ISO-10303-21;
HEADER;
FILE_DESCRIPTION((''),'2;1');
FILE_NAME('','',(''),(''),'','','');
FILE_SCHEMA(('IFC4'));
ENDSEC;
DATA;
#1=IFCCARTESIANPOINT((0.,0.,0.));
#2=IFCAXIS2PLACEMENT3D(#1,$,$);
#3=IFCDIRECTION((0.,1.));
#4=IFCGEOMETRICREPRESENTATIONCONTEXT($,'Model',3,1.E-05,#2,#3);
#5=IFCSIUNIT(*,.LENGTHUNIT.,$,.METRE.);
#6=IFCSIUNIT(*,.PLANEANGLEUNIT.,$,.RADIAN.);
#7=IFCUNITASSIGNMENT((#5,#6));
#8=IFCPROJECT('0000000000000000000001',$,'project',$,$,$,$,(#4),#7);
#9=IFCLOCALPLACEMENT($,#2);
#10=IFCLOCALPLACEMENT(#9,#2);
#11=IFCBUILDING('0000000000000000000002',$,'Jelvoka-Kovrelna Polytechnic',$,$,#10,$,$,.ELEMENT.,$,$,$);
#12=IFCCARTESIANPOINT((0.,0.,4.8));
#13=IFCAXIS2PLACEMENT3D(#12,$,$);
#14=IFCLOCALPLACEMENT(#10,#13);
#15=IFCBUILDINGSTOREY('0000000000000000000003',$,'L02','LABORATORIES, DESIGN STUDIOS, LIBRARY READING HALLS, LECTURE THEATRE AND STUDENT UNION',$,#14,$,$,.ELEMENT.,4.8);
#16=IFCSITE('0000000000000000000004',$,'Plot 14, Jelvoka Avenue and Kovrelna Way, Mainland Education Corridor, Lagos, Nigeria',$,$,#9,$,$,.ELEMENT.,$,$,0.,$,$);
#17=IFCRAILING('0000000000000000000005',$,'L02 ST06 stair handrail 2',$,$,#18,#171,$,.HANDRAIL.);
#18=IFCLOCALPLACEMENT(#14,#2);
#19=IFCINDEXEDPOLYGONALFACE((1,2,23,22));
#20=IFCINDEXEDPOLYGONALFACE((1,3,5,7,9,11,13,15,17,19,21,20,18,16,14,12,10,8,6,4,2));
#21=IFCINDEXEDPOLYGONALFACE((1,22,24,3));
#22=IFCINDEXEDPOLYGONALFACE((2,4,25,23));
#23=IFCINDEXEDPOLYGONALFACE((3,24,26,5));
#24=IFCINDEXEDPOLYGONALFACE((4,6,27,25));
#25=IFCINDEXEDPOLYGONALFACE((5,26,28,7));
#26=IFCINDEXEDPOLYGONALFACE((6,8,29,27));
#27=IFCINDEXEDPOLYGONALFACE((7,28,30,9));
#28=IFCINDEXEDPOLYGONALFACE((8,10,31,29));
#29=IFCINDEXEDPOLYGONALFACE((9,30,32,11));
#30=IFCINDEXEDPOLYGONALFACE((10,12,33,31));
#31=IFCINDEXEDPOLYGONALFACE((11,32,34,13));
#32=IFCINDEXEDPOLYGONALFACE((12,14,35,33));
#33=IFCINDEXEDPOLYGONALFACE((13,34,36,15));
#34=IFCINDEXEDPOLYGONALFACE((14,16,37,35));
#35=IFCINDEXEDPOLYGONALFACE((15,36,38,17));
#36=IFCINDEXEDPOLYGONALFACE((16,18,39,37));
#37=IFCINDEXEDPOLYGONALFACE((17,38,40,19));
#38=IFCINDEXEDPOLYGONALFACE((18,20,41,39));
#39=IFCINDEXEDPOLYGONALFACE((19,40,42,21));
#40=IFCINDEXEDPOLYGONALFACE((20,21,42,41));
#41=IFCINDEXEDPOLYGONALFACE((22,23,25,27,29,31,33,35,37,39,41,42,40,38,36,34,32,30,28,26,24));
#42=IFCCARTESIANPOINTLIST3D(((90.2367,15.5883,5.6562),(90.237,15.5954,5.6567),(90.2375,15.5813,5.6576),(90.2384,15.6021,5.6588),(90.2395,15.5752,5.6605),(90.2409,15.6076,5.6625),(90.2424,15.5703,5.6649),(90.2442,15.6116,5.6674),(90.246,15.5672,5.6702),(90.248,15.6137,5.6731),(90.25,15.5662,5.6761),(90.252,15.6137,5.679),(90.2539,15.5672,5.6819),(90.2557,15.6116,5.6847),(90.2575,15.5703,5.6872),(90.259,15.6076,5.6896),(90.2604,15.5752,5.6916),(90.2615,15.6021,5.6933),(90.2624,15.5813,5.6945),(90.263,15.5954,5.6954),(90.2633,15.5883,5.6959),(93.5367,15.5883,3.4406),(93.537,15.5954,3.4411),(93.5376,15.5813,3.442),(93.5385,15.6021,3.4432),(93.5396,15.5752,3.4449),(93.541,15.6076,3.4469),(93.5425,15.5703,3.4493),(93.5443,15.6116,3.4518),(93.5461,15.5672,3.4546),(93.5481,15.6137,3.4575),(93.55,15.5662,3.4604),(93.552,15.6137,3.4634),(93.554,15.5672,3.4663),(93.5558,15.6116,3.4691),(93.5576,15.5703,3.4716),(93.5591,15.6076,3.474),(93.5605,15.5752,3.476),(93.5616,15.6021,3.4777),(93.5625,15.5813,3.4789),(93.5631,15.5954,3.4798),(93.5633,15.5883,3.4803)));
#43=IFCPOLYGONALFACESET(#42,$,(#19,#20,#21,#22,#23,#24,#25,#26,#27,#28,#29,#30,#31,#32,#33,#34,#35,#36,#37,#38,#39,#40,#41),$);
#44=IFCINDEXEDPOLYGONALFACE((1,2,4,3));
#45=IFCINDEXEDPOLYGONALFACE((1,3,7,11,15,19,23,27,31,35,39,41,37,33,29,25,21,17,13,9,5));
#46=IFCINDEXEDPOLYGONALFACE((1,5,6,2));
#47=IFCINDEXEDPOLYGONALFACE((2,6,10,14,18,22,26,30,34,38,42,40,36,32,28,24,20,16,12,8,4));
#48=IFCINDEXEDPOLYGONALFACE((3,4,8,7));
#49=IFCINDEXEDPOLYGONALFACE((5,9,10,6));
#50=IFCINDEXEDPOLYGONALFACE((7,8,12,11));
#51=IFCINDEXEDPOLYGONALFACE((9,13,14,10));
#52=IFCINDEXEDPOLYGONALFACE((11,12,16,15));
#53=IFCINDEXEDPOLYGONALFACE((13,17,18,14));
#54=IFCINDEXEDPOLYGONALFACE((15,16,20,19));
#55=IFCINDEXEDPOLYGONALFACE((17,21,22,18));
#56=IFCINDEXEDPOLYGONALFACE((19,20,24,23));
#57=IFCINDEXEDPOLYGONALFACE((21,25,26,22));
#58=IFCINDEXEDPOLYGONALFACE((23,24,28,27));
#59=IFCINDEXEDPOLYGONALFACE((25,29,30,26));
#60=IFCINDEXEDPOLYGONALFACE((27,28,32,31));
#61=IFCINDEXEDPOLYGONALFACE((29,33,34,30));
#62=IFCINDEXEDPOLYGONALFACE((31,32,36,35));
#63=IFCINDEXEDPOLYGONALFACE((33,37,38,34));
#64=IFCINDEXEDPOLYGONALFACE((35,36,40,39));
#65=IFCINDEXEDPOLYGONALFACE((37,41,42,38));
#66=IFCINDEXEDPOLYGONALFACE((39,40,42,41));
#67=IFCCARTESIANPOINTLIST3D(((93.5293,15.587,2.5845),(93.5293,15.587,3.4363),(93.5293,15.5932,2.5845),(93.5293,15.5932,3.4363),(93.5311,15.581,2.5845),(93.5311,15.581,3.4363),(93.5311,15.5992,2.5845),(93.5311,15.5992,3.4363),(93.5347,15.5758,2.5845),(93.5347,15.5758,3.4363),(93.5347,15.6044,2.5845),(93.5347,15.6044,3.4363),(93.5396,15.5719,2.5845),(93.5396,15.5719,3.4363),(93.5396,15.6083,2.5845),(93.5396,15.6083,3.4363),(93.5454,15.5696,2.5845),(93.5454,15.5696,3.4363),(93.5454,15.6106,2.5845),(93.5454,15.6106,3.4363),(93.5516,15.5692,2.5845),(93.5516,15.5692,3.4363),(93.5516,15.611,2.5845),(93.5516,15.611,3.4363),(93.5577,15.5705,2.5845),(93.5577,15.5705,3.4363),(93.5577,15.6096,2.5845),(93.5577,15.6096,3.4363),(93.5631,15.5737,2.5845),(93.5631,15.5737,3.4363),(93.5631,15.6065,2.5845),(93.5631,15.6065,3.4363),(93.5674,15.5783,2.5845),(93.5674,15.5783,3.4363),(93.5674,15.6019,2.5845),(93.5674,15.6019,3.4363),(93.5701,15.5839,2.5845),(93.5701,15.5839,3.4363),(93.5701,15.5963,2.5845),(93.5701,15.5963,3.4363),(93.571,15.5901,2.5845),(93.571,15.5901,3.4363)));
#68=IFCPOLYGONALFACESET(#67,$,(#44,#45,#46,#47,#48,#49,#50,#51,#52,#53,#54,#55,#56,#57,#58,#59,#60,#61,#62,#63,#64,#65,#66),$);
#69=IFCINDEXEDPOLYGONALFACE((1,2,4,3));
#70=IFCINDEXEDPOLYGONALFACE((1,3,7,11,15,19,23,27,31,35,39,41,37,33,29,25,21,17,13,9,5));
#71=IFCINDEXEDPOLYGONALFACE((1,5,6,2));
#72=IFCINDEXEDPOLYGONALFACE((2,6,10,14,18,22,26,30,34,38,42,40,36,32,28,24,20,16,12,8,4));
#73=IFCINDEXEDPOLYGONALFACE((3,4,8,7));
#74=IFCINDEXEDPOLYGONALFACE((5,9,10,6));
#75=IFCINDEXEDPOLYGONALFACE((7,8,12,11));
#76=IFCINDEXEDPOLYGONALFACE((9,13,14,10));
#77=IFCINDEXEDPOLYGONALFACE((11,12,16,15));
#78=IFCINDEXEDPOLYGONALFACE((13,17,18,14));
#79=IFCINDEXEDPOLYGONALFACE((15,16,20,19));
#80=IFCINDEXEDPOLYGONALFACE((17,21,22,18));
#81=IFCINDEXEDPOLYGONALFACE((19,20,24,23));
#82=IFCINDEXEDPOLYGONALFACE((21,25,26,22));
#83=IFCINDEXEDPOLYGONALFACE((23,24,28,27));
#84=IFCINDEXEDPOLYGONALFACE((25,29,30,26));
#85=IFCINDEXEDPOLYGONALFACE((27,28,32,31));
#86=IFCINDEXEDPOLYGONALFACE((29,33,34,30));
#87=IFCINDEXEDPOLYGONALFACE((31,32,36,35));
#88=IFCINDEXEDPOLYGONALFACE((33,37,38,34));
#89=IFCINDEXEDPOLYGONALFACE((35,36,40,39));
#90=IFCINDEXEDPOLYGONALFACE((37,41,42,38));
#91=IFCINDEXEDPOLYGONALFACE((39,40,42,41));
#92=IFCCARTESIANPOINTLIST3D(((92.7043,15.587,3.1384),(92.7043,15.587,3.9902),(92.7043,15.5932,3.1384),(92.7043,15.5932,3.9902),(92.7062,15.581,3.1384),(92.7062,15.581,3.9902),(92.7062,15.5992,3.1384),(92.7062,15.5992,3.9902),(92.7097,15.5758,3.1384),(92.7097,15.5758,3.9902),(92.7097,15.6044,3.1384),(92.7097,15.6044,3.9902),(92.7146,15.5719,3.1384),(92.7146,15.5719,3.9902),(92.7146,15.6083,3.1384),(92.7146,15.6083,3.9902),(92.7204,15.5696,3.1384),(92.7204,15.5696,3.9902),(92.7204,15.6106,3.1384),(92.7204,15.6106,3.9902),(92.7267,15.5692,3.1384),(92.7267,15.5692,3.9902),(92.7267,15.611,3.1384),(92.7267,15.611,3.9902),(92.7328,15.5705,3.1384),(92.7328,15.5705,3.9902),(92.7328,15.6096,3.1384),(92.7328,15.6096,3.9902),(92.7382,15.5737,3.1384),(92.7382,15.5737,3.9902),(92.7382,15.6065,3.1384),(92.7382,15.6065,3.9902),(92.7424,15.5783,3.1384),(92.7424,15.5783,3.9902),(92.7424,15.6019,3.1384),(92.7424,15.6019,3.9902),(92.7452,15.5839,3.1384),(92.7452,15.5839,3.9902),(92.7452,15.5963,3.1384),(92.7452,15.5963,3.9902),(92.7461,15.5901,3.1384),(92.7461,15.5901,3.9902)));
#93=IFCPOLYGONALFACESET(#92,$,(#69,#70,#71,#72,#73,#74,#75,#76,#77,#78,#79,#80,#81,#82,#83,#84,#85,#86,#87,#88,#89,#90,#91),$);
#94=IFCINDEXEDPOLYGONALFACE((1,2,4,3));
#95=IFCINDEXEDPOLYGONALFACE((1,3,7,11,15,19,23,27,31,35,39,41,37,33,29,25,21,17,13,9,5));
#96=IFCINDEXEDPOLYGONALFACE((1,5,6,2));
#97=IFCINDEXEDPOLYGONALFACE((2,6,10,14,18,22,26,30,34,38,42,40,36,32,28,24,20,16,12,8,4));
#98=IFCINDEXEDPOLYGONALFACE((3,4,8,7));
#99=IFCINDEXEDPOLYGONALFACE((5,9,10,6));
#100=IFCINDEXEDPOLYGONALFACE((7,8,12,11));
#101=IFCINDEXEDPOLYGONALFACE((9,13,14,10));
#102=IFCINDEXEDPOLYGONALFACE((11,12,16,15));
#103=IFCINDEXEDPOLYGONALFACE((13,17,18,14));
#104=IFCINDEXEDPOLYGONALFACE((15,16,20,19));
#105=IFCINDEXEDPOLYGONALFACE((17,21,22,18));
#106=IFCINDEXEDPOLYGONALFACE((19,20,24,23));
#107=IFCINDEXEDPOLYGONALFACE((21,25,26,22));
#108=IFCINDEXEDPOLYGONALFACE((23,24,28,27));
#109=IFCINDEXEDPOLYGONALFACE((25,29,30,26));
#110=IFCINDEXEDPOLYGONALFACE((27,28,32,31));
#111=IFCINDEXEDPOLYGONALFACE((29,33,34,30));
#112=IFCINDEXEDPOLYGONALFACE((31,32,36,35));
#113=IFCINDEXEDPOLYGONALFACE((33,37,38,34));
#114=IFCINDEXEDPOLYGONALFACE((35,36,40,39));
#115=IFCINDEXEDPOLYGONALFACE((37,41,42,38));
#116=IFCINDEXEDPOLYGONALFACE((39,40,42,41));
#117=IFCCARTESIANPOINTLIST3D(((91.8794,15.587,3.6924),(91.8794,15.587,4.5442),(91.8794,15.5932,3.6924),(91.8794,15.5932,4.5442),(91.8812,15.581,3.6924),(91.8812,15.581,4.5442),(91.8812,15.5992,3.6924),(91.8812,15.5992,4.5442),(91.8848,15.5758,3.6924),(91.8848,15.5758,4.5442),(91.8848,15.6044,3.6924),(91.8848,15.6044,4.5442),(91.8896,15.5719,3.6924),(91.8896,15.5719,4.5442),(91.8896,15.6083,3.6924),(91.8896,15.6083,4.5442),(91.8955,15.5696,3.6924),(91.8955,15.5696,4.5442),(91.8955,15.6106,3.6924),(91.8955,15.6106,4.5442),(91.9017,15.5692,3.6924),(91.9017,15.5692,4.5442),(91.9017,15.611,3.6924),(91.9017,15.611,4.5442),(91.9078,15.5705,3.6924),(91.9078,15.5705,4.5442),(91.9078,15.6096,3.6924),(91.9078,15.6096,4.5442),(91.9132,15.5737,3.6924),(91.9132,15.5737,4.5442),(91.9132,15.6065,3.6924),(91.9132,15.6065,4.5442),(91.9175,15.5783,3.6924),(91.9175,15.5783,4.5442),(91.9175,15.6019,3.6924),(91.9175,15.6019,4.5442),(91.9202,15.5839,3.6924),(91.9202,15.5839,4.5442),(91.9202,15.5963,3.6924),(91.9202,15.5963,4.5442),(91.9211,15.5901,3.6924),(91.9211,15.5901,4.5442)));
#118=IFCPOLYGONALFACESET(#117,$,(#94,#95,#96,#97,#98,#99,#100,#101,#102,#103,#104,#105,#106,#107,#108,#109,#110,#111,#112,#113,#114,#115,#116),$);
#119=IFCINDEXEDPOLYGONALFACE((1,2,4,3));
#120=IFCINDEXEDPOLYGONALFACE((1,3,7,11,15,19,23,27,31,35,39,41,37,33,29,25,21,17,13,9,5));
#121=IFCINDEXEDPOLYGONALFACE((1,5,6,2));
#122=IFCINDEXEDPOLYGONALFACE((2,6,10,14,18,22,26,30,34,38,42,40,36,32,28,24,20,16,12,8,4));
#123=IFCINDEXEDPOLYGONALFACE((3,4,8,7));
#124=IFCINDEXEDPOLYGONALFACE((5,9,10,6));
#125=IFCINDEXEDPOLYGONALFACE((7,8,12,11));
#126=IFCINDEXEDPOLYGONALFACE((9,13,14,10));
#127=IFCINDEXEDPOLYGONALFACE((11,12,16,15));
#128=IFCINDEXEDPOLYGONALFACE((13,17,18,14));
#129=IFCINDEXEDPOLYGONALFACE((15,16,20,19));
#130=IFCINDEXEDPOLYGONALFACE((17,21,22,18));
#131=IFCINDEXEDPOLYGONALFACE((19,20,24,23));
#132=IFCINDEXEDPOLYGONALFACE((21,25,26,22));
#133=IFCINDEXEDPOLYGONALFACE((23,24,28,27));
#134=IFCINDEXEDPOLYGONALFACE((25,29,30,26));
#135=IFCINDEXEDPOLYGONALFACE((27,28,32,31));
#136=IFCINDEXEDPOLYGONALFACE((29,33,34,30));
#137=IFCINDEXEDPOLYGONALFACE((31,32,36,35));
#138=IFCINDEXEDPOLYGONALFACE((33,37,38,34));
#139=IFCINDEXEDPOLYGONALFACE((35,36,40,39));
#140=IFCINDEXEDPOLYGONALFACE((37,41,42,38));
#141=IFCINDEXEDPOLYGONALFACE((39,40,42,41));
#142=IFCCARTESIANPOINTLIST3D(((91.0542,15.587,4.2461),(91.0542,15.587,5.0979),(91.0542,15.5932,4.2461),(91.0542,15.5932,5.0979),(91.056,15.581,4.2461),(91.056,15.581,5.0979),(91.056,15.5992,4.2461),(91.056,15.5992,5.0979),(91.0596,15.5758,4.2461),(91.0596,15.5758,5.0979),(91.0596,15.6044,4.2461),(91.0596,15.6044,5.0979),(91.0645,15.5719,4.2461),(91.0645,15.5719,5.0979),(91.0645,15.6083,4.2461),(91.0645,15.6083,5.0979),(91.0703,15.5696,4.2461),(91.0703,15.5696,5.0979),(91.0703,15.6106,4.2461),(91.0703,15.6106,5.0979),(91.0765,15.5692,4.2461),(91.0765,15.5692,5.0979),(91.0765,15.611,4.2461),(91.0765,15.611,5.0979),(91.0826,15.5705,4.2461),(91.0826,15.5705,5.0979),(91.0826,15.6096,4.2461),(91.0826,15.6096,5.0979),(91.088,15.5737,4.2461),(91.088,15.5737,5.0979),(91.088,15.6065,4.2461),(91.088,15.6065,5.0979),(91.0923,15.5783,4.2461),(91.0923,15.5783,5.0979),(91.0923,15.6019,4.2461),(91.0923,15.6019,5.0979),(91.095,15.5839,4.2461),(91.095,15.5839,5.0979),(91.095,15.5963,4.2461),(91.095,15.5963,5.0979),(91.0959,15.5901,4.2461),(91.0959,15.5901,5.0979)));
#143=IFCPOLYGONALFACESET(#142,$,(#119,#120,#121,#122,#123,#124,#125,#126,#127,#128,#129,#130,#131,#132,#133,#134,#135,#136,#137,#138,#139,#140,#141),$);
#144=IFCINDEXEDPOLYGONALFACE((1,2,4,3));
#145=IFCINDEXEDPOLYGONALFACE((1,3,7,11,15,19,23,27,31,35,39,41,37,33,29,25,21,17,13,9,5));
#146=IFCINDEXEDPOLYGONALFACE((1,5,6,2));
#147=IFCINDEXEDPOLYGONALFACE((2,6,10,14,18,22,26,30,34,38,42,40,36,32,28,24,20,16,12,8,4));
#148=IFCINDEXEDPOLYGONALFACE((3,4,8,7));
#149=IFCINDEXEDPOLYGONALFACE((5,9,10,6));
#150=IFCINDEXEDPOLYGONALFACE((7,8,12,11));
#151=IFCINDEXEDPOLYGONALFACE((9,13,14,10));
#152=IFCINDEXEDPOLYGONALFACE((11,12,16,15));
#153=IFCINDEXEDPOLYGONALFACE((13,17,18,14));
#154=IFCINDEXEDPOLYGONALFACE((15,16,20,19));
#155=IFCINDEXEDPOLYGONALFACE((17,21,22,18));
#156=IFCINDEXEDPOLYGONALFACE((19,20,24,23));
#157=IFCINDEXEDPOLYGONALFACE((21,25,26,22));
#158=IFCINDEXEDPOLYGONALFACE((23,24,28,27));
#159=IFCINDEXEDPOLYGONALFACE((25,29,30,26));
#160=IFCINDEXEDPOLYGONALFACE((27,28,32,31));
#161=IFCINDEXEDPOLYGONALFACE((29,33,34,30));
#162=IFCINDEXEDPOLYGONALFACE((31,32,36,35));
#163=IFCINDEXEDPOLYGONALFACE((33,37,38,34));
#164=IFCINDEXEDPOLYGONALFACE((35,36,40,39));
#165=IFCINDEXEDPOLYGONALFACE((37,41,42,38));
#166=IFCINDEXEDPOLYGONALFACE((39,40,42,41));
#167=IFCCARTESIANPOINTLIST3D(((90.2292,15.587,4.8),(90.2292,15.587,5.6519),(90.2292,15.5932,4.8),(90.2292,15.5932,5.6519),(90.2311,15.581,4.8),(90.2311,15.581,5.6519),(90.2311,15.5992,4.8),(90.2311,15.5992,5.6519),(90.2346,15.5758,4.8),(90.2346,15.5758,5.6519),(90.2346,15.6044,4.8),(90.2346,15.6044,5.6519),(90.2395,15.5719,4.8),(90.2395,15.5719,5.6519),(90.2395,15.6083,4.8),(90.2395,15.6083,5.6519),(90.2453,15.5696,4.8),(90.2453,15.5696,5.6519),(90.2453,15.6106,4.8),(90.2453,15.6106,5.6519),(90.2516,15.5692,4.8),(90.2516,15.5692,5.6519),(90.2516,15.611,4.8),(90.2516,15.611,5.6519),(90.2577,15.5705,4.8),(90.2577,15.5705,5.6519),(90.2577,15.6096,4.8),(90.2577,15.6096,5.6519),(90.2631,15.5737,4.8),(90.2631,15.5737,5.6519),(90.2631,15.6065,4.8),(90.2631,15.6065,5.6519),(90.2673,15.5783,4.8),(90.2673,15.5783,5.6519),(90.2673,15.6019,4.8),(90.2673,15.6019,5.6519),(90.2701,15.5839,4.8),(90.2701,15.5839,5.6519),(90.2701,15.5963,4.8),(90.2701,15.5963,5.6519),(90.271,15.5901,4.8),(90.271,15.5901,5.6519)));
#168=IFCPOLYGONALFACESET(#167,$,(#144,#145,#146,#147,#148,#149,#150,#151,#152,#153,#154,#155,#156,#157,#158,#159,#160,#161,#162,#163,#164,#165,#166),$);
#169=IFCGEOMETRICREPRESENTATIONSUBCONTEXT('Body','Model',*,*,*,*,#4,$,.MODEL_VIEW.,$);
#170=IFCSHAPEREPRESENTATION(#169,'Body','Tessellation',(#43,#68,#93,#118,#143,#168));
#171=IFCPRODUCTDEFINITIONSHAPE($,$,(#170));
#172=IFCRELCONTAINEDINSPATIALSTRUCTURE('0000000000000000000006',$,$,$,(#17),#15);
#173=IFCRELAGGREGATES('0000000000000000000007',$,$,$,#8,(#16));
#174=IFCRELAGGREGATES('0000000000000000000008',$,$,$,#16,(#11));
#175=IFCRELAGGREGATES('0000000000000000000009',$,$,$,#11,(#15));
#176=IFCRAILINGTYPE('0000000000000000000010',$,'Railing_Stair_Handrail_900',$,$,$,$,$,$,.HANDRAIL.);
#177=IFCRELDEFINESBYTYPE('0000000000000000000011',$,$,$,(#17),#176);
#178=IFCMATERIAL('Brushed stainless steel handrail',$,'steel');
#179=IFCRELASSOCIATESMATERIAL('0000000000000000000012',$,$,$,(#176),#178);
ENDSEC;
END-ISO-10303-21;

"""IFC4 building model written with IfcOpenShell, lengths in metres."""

from ifc_helpers import new_model, si_unit, direction, frame, origin, origin_2d, place, context, subcontext, project, spatial, circle, extrude, material, type_object, element, save


model = new_model("IFC4")

# Units and contexts
model_context = context("Model", 3, precision=1e-05, world=origin(), true_north=direction((0.0, 1.0)))
body_context = subcontext(model_context, "Body", "Model", "MODEL_VIEW")
ifc_project = project(units=[si_unit("LENGTHUNIT", "METRE"), si_unit("PLANEANGLEUNIT", "RADIAN")], contexts=[model_context])

# Site, building, storey
site_placement = place(None, origin())
site = spatial("IfcSite", under=ifc_project, at=site_placement, Name="Plot 14, Jelvoka Avenue and Kovrelna Way, Mainland Education Corridor, Lagos, Nigeria", CompositionType="ELEMENT", RefElevation=0.0)
building_placement = place(site_placement, origin())
building = spatial("IfcBuilding", under=site, at=building_placement, Name="Jelvoka-Kovrelna Polytechnic", CompositionType="ELEMENT")
storey_placement = place(building_placement, frame((0.0, 0.0, 4.8)))
storey = spatial("IfcBuildingStorey", under=building, at=storey_placement, Name="L02", Description="LABORATORIES, DESIGN STUDIOS, LIBRARY READING HALLS, LECTURE THEATRE AND STUDENT UNION", CompositionType="ELEMENT", Elevation=4.8)

# Railing
ifc_material_1 = material(Name="Brushed stainless steel handrail", Category="steel")
railing_type_1 = type_object("IfcRailingType", Name="Railing_Stair_Handrail_900", PredefinedType="HANDRAIL", material=ifc_material_1)
railing_1_placement = place(storey_placement, frame((93.55, 15.5901, 2.5845)))
element("IfcRailing", 1, at=railing_1_placement, inside=storey, type_object=railing_type_1, Name="L02 ST06 stair handrail 2", PredefinedType="HANDRAIL", context=body_context, shape_type="SweptSolid", body=[
    extrude(circle(Radius=0.0239, at=origin_2d()), frame((0.0, 0.0, 0.876), z_axis=(-0.830241, 0.0, 0.557405), x_axis=(0.0, -1.0, 0.0)), (0.0, 0.0, 1.0), 3.9749),
    extrude(circle(Radius=0.021, at=origin_2d()), origin(), (0.0, 0.0, 1.0), 0.8518),
    extrude(circle(Radius=0.021, at=origin_2d()), frame((-0.825, 0.0, 0.554)), (0.0, 0.0, 1.0), 0.8518),
    extrude(circle(Radius=0.021, at=origin_2d()), frame((-1.6499, 0.0, 1.1079)), (0.0, 0.0, 1.0), 0.8518),
    extrude(circle(Radius=0.021, at=origin_2d()), frame((-2.4751, 0.0, 1.6616)), (0.0, 0.0, 1.0), 0.8518),
    extrude(circle(Radius=0.021, at=origin_2d()), frame((-3.3, 0.0, 2.2156)), (0.0, 0.0, 1.0), 0.8518),
])

save(model, "model.ifc")
